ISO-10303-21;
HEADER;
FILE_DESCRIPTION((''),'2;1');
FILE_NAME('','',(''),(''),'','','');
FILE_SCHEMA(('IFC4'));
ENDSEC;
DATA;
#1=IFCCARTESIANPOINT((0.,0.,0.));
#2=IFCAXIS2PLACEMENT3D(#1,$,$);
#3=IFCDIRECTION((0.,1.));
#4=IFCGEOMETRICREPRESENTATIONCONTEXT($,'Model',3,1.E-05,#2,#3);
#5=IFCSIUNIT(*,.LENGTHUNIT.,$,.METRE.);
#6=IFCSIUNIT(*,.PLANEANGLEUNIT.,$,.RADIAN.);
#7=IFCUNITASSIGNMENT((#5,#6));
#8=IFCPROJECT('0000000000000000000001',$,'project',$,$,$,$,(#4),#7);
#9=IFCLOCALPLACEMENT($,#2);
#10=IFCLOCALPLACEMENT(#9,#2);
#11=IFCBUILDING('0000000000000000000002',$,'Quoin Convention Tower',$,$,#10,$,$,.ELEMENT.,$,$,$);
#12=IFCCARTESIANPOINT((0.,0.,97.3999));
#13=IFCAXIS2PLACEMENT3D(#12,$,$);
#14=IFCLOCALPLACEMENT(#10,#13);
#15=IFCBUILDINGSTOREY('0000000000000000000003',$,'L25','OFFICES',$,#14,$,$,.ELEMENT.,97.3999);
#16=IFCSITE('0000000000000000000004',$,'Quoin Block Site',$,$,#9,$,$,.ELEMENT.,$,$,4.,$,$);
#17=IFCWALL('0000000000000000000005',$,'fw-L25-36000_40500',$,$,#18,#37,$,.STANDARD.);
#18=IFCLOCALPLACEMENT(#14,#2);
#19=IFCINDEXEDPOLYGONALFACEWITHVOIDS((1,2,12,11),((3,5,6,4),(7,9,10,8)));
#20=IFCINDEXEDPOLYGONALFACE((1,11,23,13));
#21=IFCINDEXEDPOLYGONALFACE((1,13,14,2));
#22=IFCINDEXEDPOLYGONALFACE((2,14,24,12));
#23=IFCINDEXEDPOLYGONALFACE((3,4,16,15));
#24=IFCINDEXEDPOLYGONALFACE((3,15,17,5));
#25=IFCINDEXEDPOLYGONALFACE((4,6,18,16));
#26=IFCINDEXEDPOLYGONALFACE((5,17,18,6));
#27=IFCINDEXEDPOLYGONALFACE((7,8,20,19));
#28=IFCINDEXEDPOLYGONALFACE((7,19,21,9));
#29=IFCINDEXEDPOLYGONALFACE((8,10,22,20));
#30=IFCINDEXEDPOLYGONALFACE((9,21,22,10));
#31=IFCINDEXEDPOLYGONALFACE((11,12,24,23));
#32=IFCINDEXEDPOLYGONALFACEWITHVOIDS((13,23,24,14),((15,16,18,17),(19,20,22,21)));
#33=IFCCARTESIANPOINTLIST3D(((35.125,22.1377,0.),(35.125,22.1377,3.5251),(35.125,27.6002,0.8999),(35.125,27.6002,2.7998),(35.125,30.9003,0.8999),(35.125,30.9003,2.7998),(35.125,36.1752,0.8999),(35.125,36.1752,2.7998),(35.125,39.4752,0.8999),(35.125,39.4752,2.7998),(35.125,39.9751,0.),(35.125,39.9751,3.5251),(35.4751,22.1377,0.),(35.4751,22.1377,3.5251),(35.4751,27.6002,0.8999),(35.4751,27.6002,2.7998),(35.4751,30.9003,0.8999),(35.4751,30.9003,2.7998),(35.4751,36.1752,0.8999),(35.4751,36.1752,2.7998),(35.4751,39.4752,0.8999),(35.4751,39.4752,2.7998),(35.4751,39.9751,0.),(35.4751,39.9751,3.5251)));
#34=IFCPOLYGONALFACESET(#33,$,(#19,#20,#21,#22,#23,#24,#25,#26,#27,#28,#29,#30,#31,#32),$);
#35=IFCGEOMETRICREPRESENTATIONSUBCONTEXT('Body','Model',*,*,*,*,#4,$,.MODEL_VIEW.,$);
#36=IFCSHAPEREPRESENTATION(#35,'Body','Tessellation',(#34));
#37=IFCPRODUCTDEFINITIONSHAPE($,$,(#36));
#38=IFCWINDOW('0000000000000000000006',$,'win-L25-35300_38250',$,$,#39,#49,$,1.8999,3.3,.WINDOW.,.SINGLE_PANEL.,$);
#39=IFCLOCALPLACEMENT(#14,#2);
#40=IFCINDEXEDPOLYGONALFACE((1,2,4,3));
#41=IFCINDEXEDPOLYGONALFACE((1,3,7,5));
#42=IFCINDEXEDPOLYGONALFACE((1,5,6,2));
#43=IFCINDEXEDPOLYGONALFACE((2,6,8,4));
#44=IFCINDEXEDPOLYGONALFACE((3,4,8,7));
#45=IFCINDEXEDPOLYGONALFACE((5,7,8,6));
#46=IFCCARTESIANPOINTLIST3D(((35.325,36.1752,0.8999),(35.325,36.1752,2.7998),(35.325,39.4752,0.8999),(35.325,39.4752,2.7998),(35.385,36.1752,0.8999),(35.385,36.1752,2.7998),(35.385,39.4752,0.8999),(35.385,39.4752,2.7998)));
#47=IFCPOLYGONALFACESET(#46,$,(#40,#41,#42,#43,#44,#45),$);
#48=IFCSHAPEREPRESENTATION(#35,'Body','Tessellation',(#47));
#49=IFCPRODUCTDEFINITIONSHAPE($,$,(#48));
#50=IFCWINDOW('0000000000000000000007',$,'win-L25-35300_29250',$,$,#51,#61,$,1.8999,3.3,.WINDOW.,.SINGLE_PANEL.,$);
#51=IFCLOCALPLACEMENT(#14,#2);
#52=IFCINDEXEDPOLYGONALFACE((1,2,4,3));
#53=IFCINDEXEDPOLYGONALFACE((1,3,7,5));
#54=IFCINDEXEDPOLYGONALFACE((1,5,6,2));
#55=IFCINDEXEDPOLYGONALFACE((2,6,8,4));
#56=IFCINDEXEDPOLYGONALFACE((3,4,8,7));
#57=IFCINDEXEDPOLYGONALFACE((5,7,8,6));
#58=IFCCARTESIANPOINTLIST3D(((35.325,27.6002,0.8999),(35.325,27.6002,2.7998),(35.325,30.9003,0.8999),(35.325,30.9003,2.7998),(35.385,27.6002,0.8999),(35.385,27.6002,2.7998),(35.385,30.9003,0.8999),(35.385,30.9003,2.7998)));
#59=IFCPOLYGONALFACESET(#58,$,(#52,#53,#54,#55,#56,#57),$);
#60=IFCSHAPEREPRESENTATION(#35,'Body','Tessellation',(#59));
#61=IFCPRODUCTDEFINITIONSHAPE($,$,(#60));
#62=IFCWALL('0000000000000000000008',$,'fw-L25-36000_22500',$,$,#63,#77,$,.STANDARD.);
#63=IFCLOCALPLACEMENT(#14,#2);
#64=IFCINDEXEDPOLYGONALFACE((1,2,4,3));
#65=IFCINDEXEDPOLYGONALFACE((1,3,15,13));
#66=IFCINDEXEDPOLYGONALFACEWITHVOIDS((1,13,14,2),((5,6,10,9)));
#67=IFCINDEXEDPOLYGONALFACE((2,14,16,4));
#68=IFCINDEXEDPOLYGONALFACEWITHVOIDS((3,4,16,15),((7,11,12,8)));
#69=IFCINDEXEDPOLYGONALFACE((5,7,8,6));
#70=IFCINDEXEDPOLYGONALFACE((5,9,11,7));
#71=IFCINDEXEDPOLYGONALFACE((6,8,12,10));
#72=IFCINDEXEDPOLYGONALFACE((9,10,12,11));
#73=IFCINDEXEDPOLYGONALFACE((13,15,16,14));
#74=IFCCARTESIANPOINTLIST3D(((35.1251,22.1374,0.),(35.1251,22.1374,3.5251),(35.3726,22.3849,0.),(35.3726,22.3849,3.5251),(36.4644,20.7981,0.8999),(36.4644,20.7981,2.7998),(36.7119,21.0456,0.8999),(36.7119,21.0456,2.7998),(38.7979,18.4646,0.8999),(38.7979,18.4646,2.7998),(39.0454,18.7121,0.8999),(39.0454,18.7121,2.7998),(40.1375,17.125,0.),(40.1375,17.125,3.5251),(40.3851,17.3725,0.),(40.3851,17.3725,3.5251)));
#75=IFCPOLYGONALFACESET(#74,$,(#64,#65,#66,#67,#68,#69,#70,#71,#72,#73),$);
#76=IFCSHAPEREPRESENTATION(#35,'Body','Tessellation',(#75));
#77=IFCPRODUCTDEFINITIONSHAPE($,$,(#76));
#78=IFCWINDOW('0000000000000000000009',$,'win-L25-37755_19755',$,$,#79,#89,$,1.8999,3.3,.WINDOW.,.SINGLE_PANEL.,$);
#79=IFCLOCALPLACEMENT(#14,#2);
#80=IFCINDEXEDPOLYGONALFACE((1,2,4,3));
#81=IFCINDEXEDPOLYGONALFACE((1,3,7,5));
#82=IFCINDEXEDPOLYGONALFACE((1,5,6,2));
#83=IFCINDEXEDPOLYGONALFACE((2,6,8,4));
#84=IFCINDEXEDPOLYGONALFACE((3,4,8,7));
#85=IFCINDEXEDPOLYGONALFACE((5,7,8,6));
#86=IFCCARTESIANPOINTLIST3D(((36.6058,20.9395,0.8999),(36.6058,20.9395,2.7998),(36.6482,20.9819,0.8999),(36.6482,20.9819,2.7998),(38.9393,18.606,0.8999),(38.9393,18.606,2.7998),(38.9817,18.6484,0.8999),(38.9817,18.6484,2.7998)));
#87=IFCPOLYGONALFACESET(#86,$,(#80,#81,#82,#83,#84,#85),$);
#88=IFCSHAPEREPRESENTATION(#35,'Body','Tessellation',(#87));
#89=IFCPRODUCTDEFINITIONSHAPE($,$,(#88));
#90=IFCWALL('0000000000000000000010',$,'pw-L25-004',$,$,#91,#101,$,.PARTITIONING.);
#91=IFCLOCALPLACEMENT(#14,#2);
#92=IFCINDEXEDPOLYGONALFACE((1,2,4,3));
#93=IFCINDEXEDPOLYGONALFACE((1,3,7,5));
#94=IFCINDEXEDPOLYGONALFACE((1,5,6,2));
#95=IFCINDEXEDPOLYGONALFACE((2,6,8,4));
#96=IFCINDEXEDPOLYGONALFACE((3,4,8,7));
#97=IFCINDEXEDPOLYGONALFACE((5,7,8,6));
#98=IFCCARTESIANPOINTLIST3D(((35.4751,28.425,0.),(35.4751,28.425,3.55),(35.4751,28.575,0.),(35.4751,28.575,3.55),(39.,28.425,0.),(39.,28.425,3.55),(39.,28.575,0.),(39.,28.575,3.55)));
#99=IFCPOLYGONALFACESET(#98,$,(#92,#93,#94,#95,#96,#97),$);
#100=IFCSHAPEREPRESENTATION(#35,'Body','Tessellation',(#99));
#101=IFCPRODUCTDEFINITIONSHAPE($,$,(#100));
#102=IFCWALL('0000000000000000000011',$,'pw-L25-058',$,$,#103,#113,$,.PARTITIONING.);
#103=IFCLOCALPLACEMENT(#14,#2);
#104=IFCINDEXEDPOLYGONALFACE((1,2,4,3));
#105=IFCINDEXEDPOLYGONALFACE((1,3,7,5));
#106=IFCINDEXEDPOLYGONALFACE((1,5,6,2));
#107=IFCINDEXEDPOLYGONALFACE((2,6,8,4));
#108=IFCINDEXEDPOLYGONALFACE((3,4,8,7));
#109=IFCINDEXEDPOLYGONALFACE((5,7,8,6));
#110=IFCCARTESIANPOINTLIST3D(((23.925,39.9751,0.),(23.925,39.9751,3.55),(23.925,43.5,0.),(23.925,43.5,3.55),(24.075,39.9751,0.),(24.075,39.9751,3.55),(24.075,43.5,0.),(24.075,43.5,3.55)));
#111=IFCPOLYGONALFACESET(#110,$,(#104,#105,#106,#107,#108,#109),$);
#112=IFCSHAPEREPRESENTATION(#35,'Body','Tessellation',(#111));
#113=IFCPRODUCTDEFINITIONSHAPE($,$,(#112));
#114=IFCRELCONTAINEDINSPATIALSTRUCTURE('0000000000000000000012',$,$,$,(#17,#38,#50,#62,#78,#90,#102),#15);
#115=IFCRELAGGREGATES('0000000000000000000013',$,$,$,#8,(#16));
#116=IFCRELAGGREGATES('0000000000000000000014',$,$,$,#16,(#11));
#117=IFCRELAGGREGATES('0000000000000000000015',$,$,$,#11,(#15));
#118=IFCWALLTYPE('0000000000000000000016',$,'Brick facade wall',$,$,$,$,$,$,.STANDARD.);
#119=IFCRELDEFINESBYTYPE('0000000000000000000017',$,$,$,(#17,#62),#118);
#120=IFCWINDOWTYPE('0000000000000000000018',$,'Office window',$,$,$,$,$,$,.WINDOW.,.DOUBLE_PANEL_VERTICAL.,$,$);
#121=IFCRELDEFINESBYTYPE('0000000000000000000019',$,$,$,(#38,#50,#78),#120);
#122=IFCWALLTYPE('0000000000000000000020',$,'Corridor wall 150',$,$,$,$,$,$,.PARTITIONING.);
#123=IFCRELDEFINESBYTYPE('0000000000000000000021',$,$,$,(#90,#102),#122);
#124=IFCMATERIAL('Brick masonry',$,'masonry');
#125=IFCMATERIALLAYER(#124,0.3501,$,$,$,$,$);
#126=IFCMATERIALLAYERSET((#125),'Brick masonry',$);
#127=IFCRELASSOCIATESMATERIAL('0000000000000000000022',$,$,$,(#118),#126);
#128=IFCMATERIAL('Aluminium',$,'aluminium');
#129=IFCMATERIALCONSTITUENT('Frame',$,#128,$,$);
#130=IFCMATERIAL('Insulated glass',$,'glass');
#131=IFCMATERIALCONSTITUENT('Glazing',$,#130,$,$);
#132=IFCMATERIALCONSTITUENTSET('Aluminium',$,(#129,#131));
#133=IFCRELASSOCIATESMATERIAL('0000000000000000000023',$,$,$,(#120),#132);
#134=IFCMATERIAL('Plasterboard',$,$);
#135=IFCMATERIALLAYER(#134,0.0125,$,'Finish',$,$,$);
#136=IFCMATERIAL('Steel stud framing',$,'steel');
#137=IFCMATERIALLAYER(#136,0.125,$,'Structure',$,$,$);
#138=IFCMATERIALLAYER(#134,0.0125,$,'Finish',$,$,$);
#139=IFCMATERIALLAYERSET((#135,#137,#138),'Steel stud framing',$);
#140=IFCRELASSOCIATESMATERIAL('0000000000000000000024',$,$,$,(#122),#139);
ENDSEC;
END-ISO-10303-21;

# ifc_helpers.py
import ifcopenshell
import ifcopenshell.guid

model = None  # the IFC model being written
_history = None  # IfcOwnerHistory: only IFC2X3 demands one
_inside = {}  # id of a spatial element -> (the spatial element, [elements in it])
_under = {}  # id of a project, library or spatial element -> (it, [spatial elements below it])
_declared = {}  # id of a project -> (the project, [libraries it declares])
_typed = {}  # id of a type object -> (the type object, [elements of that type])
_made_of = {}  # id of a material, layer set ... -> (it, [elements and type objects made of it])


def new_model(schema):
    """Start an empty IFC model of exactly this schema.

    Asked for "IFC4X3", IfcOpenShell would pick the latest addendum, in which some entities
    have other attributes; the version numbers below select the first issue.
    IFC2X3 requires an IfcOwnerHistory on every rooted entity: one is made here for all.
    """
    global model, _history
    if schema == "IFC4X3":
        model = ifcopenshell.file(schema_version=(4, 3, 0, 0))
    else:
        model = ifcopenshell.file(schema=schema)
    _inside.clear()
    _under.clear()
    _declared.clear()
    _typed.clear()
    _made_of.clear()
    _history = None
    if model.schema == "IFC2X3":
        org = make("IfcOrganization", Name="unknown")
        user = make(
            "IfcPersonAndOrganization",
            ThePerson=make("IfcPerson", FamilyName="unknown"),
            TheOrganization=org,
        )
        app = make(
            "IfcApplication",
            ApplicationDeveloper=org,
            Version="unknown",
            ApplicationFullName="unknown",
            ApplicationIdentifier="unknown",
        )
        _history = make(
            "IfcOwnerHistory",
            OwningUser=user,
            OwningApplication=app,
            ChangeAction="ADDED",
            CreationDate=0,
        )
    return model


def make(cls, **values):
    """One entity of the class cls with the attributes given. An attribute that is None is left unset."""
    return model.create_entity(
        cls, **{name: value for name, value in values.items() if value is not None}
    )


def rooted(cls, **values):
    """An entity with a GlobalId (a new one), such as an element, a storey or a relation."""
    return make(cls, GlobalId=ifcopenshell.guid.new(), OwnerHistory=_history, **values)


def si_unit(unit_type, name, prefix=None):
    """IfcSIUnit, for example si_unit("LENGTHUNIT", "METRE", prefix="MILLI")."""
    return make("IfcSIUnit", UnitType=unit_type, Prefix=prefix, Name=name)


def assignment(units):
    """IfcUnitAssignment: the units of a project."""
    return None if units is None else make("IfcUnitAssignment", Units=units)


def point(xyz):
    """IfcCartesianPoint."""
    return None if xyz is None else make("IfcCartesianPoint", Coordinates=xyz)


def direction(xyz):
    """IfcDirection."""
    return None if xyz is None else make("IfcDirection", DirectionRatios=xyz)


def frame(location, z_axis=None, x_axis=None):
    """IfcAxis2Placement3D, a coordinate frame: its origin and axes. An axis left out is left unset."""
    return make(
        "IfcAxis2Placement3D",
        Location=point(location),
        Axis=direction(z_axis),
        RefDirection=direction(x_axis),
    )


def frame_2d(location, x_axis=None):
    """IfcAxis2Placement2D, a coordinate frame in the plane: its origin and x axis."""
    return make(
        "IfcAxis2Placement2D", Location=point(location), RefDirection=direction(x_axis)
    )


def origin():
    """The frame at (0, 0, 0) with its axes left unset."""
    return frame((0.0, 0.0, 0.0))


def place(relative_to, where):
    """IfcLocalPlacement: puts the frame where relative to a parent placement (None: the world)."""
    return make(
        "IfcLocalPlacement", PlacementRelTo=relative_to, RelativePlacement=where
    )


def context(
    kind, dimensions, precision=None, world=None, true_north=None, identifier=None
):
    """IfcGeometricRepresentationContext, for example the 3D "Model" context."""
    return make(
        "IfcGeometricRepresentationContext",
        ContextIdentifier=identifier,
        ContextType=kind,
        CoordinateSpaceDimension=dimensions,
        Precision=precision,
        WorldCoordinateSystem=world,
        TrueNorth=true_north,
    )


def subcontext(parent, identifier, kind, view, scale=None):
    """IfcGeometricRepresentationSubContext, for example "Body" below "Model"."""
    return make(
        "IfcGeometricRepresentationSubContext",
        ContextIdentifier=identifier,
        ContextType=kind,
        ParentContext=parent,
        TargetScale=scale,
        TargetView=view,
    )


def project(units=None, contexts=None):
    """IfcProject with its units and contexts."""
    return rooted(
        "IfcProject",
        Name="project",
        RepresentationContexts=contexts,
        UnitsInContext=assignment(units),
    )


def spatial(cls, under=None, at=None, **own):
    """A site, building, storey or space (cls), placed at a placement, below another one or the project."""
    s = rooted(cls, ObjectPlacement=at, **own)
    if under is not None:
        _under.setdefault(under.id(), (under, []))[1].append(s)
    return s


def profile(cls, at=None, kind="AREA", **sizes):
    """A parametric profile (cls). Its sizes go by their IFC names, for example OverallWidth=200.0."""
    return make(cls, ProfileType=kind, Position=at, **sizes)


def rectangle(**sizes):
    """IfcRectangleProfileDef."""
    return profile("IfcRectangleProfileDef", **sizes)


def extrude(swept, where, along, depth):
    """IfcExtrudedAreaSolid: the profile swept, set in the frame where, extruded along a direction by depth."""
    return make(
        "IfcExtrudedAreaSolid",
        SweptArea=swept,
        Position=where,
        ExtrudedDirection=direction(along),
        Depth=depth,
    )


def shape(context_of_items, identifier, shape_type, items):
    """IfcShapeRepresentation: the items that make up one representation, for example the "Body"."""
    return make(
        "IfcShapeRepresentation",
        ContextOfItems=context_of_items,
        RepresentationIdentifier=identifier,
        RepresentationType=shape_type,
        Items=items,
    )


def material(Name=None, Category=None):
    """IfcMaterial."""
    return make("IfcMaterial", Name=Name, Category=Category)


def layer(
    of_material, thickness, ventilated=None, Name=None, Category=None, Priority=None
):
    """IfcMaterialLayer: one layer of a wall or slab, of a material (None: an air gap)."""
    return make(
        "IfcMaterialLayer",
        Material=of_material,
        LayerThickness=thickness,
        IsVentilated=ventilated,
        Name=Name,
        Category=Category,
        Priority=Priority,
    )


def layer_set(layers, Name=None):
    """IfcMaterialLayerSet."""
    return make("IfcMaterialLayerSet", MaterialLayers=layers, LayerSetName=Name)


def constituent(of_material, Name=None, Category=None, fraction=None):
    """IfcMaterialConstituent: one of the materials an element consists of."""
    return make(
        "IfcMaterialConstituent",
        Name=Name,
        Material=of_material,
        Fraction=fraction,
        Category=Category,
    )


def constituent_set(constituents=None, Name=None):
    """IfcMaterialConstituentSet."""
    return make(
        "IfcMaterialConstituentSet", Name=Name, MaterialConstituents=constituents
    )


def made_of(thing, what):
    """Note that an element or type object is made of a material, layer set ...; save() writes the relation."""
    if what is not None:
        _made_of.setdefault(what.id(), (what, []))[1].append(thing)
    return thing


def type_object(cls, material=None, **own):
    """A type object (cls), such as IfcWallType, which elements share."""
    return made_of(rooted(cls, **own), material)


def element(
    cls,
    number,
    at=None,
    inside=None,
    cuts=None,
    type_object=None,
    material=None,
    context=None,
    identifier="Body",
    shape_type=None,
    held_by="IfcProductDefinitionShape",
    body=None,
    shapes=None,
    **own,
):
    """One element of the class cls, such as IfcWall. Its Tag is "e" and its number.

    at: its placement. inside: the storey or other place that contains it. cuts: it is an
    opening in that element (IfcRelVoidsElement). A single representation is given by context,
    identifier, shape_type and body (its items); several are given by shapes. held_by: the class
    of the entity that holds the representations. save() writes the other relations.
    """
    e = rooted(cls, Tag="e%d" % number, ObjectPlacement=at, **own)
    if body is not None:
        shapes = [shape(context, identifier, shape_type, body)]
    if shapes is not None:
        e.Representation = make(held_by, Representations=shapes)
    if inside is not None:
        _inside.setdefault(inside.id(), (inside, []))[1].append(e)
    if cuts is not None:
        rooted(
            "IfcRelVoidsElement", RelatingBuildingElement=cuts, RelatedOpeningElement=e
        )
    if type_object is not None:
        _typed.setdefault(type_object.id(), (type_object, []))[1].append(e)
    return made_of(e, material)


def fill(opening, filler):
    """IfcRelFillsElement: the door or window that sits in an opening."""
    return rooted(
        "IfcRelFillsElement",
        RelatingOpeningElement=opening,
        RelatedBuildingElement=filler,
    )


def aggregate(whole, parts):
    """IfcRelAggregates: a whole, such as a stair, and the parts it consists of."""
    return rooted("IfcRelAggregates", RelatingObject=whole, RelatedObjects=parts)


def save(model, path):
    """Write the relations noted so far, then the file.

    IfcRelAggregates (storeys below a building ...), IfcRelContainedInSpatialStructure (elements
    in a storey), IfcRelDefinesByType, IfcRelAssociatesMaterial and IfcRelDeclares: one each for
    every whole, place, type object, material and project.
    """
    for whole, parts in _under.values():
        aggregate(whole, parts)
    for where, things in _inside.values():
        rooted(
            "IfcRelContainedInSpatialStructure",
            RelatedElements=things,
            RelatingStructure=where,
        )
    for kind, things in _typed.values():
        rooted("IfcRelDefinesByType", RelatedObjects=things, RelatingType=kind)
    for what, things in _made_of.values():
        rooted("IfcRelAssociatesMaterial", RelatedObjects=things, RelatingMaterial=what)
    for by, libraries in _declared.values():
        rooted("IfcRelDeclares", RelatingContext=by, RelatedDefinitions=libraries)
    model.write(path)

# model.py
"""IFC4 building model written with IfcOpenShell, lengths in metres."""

from ifc_helpers import new_model, si_unit, direction, frame, frame_2d, origin, place, context, subcontext, project, spatial, rectangle, extrude, material, layer, layer_set, constituent, constituent_set, type_object, element, fill, save


model = new_model("IFC4")

# Units and contexts
model_context = context("Model", 3, precision=1e-05, world=origin(), true_north=direction((0.0, 1.0)))
body_context = subcontext(model_context, "Body", "Model", "MODEL_VIEW")
ifc_project = project(units=[si_unit("LENGTHUNIT", "METRE"), si_unit("PLANEANGLEUNIT", "RADIAN")], contexts=[model_context])

# Site, building, storey
site_placement = place(None, origin())
site = spatial("IfcSite", under=ifc_project, at=site_placement, Name="Quoin Block Site", CompositionType="ELEMENT", RefElevation=4.0)
building_placement = place(site_placement, origin())
building = spatial("IfcBuilding", under=site, at=building_placement, Name="Quoin Convention Tower", CompositionType="ELEMENT")
storey_placement = place(building_placement, frame((0.0, 0.0, 97.3999)))
storey = spatial("IfcBuildingStorey", under=building, at=storey_placement, Name="L25", Description="OFFICES", CompositionType="ELEMENT", Elevation=97.3999)

# Shared definitions
ifc_material_1 = material(Name="Plasterboard")
ifc_material_2 = material(Name="Steel stud framing", Category="steel")

# Wall, openings, windows
ifc_material_3 = material(Name="Brick masonry", Category="masonry")
ifc_layer_1 = layer(ifc_material_3, 0.3501)
ifc_layer_set_1 = layer_set([ifc_layer_1], Name="Brick masonry")
wall_type_1 = type_object("IfcWallType", Name="Brick facade wall", PredefinedType="STANDARD", material=ifc_layer_set_1)
ifc_material_4 = material(Name="Aluminium", Category="aluminium")
ifc_constituent_1 = constituent(ifc_material_4, Name="Frame")
ifc_material_5 = material(Name="Insulated glass", Category="glass")
ifc_constituent_2 = constituent(ifc_material_5, Name="Glazing")
ifc_constituent_set = constituent_set(constituents=[ifc_constituent_1, ifc_constituent_2], Name="Aluminium")
window_type = type_object("IfcWindowType", Name="Office window", PartitioningType="DOUBLE_PANEL_VERTICAL", PredefinedType="WINDOW", material=ifc_constituent_set)
wall_1_placement = place(storey_placement, frame((35.3, 39.9751, 0.0), z_axis=(0.0, 0.0, 1.0), x_axis=(0.0, -1.0, 0.0)))
wall_1 = element("IfcWall", 1, at=wall_1_placement, inside=storey, type_object=wall_type_1, Name="fw-L25-36000_40500", PredefinedType="STANDARD", context=body_context, shape_type="SweptSolid", body=[
    extrude(rectangle(XDim=17.8374, YDim=0.3501, at=frame_2d((8.9187, 0.0))), origin(), (0.0, 0.0, 1.0), 3.5251),
])
opening_1_placement = place(wall_1_placement, frame((0.5, 0.0, 0.8999)))
opening_1 = element("IfcOpeningElement", 2, at=opening_1_placement, cuts=wall_1, PredefinedType="OPENING", context=body_context, shape_type="SweptSolid", body=[
    extrude(rectangle(XDim=3.3, YDim=1.8999, at=frame_2d((1.6499, 0.95))), frame((0.0, 0.1851, 0.0), z_axis=(0.0, -1.0, 0.0), x_axis=(1.0, 0.0, 0.0)), (0.0, 0.0, 1.0), 0.3701),
])
opening_2_placement = place(wall_1_placement, frame((9.075, 0.0, 0.8999)))
opening_2 = element("IfcOpeningElement", 3, at=opening_2_placement, cuts=wall_1, PredefinedType="OPENING", context=body_context, shape_type="SweptSolid", body=[
    extrude(rectangle(XDim=3.3, YDim=1.8999, at=frame_2d((1.6499, 0.95))), frame((0.0, 0.1851, 0.0), z_axis=(0.0, -1.0, 0.0), x_axis=(1.0, 0.0, 0.0)), (0.0, 0.0, 1.0), 0.3701),
])
window_1_placement = place(opening_1_placement, origin())
window_1 = element("IfcWindow", 4, at=window_1_placement, inside=storey, type_object=window_type, Name="win-L25-35300_38250", OverallHeight=1.8999, OverallWidth=3.3, PartitioningType="SINGLE_PANEL", PredefinedType="WINDOW", context=body_context, shape_type="SweptSolid", body=[
    extrude(rectangle(XDim=3.3, YDim=1.8999, at=frame_2d((1.6499, 0.95))), frame((0.0, 0.085, 0.0), z_axis=(0.0, -1.0, 0.0), x_axis=(1.0, 0.0, 0.0)), (0.0, 0.0, 1.0), 0.0601),
])
fill(opening_1, window_1)
window_2_placement = place(opening_2_placement, origin())
window_2 = element("IfcWindow", 5, at=window_2_placement, inside=storey, type_object=window_type, Name="win-L25-35300_29250", OverallHeight=1.8999, OverallWidth=3.3, PartitioningType="SINGLE_PANEL", PredefinedType="WINDOW", context=body_context, shape_type="SweptSolid", body=[
    extrude(rectangle(XDim=3.3, YDim=1.8999, at=frame_2d((1.6499, 0.95))), frame((0.0, 0.085, 0.0), z_axis=(0.0, -1.0, 0.0), x_axis=(1.0, 0.0, 0.0)), (0.0, 0.0, 1.0), 0.0601),
])
fill(opening_2, window_2)

# Wall, opening, window
wall_2_placement = place(storey_placement, frame((35.2488, 22.2612, 0.0), z_axis=(0.0, 0.0, 1.0), x_axis=(0.707107, -0.707107, 0.0)))
wall_2 = element("IfcWall", 6, at=wall_2_placement, inside=storey, type_object=wall_type_1, Name="fw-L25-36000_22500", PredefinedType="STANDARD", context=body_context, shape_type="SweptSolid", body=[
    extrude(rectangle(XDim=7.0886, YDim=0.3501, at=frame_2d((3.5444, 0.0))), origin(), (0.0, 0.0, 1.0), 3.5251),
])
opening_3_placement = place(wall_2_placement, frame((1.8943, 0.0, 0.8999)))
opening_3 = element("IfcOpeningElement", 7, at=opening_3_placement, cuts=wall_2, PredefinedType="OPENING", context=body_context, shape_type="SweptSolid", body=[
    extrude(rectangle(XDim=3.3, YDim=1.8999, at=frame_2d((1.6499, 0.95))), frame((0.0, 0.1851, 0.0), z_axis=(0.0, -1.0, 0.0), x_axis=(1.0, 0.0, 0.0)), (0.0, 0.0, 1.0), 0.3701),
])
window_3_placement = place(opening_3_placement, origin())
window_3 = element("IfcWindow", 8, at=window_3_placement, inside=storey, type_object=window_type, Name="win-L25-37755_19755", OverallHeight=1.8999, OverallWidth=3.3, PartitioningType="SINGLE_PANEL", PredefinedType="WINDOW", context=body_context, shape_type="SweptSolid", body=[
    extrude(rectangle(XDim=3.3, YDim=1.8999, at=frame_2d((1.6499, 0.95))), frame((0.0, 0.085, 0.0), z_axis=(0.0, -1.0, 0.0), x_axis=(1.0, 0.0, 0.0)), (0.0, 0.0, 1.0), 0.0601),
])
fill(opening_3, window_3)

# Walls
ifc_layer_2 = layer(ifc_material_1, 0.0125, Name="Finish")
ifc_layer_3 = layer(ifc_material_2, 0.125, Name="Structure")
ifc_layer_4 = layer(ifc_material_1, 0.0125, Name="Finish")
ifc_layer_set_2 = layer_set([ifc_layer_2, ifc_layer_3, ifc_layer_4], Name="Steel stud framing")
wall_type_2 = type_object("IfcWallType", Name="Corridor wall 150", PredefinedType="PARTITIONING", material=ifc_layer_set_2)
for number, where, z_axis, x_axis, name in (
    (9, (35.4751, 28.5, 0.0), (0.0, 0.0, 1.0), (1.0, 0.0, 0.0), "pw-L25-004"),
    (10, (24.0, 39.9751, 0.0), (0.0, 0.0, 1.0), (0.0, 1.0, 0.0), "pw-L25-058"),
):
    element("IfcWall", number, at=place(storey_placement, frame(where, z_axis=z_axis, x_axis=x_axis)), inside=storey, type_object=wall_type_2, Name=name, PredefinedType="PARTITIONING", context=body_context, shape_type="SweptSolid", body=[
        extrude(rectangle(XDim=3.5249, YDim=0.1499, at=frame_2d((1.7625, 0.0))), origin(), (0.0, 0.0, 1.0), 3.55),
    ])

save(model, "model.ifc")
